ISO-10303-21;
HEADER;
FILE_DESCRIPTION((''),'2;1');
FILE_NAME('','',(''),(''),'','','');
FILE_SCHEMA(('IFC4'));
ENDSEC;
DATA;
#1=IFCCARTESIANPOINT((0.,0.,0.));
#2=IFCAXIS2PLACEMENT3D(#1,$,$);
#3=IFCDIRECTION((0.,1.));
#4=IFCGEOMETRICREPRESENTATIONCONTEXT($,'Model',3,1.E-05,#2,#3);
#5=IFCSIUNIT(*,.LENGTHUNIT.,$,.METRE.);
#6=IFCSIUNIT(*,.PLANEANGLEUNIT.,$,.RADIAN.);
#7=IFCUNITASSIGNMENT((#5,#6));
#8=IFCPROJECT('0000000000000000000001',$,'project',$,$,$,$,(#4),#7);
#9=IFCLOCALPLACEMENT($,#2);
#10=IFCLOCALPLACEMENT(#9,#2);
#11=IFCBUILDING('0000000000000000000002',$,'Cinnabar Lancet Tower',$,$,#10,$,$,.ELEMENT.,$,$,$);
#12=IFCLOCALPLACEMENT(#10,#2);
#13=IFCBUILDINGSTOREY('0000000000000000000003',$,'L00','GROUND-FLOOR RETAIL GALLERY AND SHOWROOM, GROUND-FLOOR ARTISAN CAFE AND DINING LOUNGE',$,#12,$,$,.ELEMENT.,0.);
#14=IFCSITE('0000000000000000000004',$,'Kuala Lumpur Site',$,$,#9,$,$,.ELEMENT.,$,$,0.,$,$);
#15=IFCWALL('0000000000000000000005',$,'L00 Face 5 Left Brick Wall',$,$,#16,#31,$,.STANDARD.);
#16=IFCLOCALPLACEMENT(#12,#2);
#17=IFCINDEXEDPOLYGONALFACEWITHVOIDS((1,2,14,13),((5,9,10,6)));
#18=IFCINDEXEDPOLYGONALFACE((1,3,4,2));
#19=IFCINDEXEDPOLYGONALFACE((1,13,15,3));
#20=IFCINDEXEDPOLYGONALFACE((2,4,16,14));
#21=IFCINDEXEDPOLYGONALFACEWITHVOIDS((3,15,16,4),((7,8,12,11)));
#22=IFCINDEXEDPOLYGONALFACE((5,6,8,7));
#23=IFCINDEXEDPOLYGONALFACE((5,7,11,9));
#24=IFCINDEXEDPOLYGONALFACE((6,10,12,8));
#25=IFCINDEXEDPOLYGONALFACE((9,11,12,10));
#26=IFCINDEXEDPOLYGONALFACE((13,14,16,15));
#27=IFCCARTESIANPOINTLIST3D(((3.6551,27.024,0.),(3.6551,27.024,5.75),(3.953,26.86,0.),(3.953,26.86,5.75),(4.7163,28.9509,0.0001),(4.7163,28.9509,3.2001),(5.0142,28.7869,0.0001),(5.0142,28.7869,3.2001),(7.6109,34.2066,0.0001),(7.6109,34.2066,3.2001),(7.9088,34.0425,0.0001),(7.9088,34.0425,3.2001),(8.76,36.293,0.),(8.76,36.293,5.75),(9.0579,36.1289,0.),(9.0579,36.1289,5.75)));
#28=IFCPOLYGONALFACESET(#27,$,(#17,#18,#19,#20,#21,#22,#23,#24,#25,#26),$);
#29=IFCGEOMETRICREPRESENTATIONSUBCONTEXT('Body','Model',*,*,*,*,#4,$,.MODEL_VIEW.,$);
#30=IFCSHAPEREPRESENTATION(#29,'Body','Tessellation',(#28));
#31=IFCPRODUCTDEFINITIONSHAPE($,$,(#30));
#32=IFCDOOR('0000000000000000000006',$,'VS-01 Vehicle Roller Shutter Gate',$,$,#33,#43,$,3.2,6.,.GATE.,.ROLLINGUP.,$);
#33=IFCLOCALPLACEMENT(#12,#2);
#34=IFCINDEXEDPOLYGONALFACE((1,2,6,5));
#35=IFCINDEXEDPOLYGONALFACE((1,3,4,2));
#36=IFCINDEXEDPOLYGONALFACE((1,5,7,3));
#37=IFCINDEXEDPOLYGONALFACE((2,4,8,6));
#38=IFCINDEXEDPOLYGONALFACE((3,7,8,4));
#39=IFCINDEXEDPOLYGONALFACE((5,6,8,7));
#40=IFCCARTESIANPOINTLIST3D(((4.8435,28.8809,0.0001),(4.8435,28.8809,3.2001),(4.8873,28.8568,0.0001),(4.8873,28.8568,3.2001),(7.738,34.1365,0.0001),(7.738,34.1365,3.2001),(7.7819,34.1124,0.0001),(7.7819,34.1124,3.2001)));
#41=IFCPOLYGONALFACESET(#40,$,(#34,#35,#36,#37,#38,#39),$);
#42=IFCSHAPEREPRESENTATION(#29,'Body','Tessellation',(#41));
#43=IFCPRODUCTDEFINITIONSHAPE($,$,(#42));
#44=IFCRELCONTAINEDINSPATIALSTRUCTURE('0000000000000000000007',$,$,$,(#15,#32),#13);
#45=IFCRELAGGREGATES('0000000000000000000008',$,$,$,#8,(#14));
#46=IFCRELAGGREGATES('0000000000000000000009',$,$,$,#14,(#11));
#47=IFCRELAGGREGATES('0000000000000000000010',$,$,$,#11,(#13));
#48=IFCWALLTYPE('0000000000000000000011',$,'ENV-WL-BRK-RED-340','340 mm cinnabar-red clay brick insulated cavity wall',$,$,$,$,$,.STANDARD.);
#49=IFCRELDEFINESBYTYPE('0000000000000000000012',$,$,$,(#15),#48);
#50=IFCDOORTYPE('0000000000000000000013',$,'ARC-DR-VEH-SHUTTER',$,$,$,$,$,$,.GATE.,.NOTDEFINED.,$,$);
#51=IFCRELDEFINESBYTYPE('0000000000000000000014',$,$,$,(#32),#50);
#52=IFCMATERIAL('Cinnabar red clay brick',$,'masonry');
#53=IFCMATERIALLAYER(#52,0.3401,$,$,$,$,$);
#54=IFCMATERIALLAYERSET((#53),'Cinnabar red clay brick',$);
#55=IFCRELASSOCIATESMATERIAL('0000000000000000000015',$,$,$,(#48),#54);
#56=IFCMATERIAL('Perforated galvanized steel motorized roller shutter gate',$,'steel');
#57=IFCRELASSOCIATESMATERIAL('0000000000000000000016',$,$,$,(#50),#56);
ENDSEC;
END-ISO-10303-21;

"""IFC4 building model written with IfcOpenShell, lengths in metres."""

from ifc_helpers import new_model, si_unit, direction, frame, frame_2d, origin, place, context, subcontext, project, spatial, rectangle, extrude, material, layer, layer_set, type_object, element, fill, save


model = new_model("IFC4")

# Units and contexts
model_context = context("Model", 3, precision=1e-05, world=origin(), true_north=direction((0.0, 1.0)))
body_context = subcontext(model_context, "Body", "Model", "MODEL_VIEW")
ifc_project = project(units=[si_unit("LENGTHUNIT", "METRE"), si_unit("PLANEANGLEUNIT", "RADIAN")], contexts=[model_context])

# Site, building, storey
site_placement = place(None, origin())
site = spatial("IfcSite", under=ifc_project, at=site_placement, Name="Kuala Lumpur Site", CompositionType="ELEMENT", RefElevation=0.0)
building_placement = place(site_placement, origin())
building = spatial("IfcBuilding", under=site, at=building_placement, Name="Cinnabar Lancet Tower", CompositionType="ELEMENT")
storey_placement = place(building_placement, origin())
storey = spatial("IfcBuildingStorey", under=building, at=storey_placement, Name="L00", Description="GROUND-FLOOR RETAIL GALLERY AND SHOWROOM, GROUND-FLOOR ARTISAN CAFE AND DINING LOUNGE", CompositionType="ELEMENT", Elevation=0.0)

# Shared definitions
ifc_material_1 = material(Name="Cinnabar red clay brick", Category="masonry")
ifc_layer_1 = layer(ifc_material_1, 0.3401)
ifc_layer_set_1 = layer_set([ifc_layer_1], Name="Cinnabar red clay brick")
wall_type_1 = type_object("IfcWallType", Name="ENV-WL-BRK-RED-340", Description="340 mm cinnabar-red clay brick insulated cavity wall", PredefinedType="STANDARD", material=ifc_layer_set_1)

# Wall, opening, door
wall_1_placement = place(storey_placement, frame((3.804, 26.9419, 0.0), z_axis=(0.0, 0.0, 1.0), x_axis=(0.482427, 0.875936, 0.0)))
wall_1 = element("IfcWall", 1, at=wall_1_placement, inside=storey, type_object=wall_type_1, Name="L00 Face 5 Left Brick Wall", PredefinedType="STANDARD", context=body_context, shape_type="SweptSolid", body=[
    extrude(rectangle(XDim=10.5818, YDim=0.3401, at=frame_2d((5.291, 0.0))), origin(), (0.0, 0.0, 1.0), 5.75),
])
opening_placement = place(wall_1_placement, frame((2.2, 0.0, 0.0)))
opening = element("IfcOpeningElement", 2, at=opening_placement, cuts=wall_1, PredefinedType="OPENING", context=body_context, shape_type="SweptSolid", body=[
    extrude(rectangle(XDim=6.0, YDim=3.2, at=frame_2d((3.0, 1.6001))), frame((0.0, 0.1799, 0.0), z_axis=(0.0, -1.0, 0.0), x_axis=(1.0, 0.0, 0.0)), (0.0, 0.0, 1.0), 0.3601),
])
ifc_material_2 = material(Name="Perforated galvanized steel motorized roller shutter gate", Category="steel")
door_type = type_object("IfcDoorType", Name="ARC-DR-VEH-SHUTTER", OperationType="NOTDEFINED", PredefinedType="GATE", material=ifc_material_2)
door_placement = place(opening_placement, origin())
door = element("IfcDoor", 3, at=door_placement, inside=storey, type_object=door_type, Name="VS-01 Vehicle Roller Shutter Gate", OperationType="ROLLINGUP", OverallHeight=3.2, OverallWidth=6.0, PredefinedType="GATE", context=body_context, shape_type="SweptSolid", body=[
    extrude(rectangle(XDim=6.0, YDim=3.2, at=frame_2d((3.0, 1.6001))), frame((0.0, 0.0249, 0.0), z_axis=(0.0, -1.0, 0.0), x_axis=(1.0, 0.0, 0.0)), (0.0, 0.0, 1.0), 0.05),
])
fill(opening, door)

save(model, "model.ifc")
